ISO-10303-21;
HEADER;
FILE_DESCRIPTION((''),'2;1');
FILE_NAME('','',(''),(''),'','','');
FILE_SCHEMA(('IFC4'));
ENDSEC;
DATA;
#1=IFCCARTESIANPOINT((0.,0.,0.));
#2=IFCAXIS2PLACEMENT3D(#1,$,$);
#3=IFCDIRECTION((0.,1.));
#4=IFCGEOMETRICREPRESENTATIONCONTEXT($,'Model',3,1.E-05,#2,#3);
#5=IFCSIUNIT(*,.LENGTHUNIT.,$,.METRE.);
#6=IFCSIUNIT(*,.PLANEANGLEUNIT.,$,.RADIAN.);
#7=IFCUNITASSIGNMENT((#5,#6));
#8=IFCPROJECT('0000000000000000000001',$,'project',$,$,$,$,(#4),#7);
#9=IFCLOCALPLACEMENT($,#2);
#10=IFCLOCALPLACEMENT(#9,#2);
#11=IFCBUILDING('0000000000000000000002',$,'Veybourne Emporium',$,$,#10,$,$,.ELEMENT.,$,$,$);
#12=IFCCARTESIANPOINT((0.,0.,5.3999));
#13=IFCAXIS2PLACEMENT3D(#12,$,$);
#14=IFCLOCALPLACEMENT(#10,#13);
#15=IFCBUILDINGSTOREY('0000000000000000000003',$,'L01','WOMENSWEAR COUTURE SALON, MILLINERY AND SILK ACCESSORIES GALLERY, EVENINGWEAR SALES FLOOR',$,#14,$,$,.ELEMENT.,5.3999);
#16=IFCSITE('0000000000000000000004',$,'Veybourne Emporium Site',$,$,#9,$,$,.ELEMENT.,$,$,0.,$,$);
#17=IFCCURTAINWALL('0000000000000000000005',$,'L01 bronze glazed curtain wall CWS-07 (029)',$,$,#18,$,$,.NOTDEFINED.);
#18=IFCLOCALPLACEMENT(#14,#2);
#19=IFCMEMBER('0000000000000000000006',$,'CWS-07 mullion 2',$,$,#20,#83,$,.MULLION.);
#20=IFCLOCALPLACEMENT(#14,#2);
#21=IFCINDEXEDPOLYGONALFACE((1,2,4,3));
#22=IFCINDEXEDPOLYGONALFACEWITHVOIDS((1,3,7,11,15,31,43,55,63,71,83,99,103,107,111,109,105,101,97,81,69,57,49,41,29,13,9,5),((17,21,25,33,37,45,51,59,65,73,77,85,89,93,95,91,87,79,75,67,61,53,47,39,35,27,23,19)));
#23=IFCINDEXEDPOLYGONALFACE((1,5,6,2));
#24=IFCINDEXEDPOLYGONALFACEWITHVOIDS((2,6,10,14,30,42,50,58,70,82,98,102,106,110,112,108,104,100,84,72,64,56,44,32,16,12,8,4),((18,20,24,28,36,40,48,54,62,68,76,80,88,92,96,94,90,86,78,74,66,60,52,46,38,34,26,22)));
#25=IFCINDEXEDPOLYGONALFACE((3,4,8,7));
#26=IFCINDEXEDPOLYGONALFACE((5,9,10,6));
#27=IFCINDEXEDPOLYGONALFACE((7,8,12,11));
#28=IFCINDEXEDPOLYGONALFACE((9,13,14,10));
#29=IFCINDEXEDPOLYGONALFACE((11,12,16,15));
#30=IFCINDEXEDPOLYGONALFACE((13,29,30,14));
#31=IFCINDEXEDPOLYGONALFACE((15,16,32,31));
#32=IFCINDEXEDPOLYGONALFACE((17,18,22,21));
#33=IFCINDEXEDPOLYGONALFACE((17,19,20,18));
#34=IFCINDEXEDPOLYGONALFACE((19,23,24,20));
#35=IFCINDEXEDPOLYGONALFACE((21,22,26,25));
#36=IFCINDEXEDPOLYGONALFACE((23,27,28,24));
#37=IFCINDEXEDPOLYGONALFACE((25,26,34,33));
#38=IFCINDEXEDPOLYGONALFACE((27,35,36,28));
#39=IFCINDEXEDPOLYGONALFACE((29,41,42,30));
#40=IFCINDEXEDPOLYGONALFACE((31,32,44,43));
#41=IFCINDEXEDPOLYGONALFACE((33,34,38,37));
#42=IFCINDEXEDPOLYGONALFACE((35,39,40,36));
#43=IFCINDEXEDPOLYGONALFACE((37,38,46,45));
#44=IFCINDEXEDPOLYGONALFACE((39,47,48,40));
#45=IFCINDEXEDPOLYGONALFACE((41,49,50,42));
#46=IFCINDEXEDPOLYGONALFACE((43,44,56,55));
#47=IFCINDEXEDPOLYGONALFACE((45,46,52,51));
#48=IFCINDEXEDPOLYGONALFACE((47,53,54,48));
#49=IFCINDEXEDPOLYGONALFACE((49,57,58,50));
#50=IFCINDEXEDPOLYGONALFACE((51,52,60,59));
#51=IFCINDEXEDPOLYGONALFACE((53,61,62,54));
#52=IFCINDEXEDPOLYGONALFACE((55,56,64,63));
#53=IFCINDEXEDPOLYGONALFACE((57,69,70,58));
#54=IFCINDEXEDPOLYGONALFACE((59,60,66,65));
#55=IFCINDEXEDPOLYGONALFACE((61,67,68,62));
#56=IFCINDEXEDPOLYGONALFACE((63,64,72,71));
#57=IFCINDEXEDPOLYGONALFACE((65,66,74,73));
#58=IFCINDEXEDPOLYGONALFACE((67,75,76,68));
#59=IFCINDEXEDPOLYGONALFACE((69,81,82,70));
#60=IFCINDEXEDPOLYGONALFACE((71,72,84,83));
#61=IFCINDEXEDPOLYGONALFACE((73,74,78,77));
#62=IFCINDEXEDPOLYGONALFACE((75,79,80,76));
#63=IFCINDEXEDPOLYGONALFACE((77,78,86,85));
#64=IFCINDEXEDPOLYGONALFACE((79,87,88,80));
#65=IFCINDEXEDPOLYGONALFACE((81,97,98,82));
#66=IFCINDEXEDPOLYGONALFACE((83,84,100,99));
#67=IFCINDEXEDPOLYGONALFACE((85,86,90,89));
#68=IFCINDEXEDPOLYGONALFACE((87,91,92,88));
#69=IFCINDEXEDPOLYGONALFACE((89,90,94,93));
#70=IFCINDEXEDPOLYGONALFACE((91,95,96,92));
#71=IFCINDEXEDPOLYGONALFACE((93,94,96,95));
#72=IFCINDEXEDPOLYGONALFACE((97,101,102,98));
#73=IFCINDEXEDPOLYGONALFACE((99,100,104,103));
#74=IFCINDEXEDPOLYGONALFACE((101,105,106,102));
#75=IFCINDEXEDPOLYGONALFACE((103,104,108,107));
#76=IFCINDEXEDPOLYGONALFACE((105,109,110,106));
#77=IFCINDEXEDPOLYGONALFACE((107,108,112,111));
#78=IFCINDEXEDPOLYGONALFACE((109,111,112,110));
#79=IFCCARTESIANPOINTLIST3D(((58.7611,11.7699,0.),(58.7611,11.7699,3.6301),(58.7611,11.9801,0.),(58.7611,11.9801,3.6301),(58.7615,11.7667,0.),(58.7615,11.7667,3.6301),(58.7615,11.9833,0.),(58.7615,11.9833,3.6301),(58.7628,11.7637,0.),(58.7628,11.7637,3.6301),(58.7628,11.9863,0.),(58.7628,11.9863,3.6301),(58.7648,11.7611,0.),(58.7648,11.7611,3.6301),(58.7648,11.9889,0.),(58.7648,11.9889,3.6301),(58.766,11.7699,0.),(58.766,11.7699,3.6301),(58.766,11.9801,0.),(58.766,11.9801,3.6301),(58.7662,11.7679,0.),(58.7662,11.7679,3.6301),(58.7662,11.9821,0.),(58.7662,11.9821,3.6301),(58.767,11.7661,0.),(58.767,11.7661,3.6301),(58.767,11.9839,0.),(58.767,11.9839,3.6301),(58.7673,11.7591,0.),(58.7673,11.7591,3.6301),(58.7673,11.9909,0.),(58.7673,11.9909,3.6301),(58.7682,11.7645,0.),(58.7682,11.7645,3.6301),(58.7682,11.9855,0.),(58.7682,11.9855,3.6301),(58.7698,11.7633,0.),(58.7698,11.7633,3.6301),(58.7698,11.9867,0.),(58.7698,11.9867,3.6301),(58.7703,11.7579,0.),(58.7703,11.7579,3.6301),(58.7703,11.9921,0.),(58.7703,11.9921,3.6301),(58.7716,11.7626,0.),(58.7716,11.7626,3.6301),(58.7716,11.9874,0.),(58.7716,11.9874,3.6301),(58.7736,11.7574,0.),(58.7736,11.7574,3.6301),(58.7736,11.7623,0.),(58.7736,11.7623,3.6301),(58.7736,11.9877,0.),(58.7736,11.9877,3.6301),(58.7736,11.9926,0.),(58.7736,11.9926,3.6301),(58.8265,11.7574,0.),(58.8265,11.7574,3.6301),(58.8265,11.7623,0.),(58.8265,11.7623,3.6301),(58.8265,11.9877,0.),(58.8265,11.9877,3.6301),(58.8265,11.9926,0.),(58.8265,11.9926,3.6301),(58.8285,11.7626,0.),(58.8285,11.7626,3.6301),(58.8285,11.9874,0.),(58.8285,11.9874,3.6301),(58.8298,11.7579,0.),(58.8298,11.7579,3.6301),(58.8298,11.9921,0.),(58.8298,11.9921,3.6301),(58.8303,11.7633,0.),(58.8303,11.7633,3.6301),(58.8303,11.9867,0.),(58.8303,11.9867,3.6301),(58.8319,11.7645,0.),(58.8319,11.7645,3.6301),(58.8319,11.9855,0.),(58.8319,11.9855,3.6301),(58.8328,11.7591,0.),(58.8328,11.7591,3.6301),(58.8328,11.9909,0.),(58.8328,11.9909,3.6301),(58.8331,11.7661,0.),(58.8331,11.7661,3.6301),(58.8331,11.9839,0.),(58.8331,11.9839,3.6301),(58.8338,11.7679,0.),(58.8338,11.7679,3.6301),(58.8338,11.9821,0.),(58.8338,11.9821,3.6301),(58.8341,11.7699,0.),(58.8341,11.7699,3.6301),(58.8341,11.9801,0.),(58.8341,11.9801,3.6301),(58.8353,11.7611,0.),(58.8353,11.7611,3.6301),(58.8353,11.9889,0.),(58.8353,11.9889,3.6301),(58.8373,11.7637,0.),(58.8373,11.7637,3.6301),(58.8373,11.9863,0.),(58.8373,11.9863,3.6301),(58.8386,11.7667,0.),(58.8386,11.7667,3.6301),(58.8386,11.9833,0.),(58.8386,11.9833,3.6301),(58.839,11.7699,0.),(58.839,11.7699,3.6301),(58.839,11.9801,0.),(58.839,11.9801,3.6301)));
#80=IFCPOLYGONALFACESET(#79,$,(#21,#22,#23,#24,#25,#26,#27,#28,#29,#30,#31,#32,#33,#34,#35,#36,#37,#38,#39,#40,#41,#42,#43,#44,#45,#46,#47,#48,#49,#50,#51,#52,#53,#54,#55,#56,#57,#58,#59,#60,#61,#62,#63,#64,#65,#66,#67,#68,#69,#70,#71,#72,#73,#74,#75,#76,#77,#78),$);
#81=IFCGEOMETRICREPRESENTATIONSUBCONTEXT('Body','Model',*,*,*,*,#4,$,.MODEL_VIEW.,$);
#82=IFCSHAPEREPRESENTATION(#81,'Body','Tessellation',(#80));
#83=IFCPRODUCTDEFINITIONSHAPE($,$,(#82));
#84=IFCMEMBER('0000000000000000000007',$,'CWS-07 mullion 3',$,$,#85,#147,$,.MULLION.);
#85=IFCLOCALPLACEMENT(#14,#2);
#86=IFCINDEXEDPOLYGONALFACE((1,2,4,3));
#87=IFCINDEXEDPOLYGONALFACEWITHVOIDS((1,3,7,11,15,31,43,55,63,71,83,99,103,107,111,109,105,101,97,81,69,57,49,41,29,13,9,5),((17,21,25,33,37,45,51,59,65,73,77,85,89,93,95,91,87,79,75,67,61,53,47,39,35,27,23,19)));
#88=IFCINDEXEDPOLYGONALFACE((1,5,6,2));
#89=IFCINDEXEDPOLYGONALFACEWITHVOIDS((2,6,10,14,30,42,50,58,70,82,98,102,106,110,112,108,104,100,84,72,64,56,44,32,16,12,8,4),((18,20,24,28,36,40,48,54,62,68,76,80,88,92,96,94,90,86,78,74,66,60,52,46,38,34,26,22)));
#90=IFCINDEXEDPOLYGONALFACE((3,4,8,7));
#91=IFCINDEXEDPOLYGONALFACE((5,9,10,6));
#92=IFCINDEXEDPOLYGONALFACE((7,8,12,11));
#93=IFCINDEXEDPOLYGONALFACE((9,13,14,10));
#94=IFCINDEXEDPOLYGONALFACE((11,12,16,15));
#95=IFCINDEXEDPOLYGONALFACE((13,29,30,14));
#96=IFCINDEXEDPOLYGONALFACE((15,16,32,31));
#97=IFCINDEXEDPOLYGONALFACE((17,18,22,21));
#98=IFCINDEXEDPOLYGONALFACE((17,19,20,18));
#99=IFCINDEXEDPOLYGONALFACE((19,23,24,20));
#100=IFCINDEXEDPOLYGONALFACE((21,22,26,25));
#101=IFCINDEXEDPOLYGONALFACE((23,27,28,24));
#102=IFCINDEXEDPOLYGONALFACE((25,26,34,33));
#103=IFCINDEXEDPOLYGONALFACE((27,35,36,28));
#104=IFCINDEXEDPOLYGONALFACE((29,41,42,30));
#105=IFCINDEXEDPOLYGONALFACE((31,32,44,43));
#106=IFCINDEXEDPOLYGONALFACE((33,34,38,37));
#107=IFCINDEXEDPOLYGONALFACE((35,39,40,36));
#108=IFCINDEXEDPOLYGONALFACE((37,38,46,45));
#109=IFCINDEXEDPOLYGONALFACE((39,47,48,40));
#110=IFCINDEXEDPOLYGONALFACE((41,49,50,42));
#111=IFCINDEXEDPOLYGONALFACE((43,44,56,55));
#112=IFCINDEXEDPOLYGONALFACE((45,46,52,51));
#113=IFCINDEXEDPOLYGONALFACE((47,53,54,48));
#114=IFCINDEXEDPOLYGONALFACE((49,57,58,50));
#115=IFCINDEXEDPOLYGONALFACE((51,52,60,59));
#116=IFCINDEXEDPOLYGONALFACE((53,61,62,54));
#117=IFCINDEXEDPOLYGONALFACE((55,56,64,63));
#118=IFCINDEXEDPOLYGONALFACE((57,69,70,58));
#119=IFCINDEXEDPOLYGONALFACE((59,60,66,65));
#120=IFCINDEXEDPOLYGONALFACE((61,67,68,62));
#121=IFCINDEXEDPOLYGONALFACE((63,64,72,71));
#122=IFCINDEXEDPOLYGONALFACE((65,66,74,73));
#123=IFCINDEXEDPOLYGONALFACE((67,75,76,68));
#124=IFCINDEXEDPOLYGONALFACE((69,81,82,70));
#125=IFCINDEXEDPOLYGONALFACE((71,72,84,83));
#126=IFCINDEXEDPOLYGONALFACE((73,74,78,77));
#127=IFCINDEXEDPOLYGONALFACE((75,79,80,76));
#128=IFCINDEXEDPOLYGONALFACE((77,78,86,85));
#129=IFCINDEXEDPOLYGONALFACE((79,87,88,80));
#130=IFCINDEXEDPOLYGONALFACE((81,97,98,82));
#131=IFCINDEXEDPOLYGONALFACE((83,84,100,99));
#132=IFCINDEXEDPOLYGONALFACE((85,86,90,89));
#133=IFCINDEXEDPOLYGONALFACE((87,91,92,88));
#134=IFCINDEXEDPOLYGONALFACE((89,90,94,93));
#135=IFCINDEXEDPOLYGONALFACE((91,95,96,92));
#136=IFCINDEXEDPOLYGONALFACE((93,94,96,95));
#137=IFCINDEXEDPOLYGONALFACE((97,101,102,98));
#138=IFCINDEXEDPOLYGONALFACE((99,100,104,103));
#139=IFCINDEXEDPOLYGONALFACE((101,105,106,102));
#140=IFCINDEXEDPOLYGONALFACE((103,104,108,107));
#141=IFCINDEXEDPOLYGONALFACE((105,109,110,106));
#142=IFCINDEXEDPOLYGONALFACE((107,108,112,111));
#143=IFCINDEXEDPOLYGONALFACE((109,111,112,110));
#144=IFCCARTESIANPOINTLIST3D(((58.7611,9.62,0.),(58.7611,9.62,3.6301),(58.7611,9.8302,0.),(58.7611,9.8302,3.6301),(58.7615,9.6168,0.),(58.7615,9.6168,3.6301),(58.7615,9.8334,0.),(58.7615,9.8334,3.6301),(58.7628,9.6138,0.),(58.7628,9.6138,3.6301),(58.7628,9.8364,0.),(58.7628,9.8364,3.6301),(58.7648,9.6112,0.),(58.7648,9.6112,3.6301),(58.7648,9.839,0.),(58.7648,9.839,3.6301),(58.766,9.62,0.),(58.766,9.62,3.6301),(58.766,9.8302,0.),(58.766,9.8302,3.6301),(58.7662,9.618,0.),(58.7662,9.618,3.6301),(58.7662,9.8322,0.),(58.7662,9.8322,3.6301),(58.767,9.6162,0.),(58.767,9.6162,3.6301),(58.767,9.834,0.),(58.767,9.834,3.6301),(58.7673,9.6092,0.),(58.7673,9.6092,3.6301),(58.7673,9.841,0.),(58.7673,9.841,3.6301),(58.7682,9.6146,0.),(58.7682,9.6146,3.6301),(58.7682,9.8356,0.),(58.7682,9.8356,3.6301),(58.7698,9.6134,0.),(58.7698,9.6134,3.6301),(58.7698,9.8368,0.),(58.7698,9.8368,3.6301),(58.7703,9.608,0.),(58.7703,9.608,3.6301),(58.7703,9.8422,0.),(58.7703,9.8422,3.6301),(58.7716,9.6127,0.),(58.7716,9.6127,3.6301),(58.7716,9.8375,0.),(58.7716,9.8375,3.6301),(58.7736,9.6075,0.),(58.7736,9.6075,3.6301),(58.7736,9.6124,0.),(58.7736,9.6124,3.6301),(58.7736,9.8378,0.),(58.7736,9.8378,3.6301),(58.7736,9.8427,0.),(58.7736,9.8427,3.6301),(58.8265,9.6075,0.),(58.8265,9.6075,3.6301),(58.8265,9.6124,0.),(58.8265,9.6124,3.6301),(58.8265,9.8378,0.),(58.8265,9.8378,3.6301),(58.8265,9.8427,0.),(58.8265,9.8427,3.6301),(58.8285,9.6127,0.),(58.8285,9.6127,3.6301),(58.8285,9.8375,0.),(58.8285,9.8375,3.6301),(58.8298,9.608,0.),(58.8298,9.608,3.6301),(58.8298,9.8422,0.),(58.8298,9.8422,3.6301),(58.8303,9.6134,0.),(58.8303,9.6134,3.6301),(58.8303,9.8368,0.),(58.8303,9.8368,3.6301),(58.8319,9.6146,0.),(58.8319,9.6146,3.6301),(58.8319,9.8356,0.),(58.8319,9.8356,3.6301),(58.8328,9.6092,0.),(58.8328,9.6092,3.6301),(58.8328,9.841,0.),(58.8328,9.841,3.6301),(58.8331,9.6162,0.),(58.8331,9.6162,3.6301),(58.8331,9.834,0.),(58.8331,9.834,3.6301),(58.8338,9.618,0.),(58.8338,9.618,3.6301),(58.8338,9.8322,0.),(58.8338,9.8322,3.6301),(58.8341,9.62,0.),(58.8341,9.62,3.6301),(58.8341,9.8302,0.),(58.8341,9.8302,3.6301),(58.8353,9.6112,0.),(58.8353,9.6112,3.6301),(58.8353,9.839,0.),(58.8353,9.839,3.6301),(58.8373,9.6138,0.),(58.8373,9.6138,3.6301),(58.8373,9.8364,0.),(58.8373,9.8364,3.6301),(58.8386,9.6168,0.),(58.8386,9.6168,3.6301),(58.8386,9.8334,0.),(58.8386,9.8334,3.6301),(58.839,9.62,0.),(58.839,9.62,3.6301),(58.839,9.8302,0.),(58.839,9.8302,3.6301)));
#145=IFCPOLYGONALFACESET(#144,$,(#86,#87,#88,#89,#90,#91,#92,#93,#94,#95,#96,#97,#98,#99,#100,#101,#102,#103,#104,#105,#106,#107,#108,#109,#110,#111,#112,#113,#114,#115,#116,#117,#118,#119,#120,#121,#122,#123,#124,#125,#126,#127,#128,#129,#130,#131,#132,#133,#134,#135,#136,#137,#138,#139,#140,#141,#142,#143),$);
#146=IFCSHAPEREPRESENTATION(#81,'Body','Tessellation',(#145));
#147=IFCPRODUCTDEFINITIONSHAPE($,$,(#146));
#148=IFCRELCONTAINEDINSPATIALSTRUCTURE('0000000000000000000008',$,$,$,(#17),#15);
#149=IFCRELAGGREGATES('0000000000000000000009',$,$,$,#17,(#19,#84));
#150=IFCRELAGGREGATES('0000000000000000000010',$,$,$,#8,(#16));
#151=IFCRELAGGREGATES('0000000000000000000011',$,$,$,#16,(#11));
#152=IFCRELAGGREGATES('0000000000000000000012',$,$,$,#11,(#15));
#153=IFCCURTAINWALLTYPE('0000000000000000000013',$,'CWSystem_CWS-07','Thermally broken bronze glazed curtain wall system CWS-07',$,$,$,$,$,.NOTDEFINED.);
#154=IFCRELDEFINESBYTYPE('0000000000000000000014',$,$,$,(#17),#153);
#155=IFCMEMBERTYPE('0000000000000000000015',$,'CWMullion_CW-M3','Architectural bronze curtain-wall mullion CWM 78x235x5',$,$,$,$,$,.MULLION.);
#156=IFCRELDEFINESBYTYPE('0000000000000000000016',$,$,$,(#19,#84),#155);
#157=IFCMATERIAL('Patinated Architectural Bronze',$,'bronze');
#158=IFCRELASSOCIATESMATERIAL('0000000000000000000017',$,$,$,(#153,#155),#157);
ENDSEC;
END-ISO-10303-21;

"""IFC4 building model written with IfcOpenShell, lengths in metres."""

from ifc_helpers import new_model, si_unit, direction, frame, origin, origin_2d, place, context, subcontext, project, spatial, hollow_rectangle, extrude, material, material_profile, profile_set, type_object, element, aggregate, save


model = new_model("IFC4")

# Units and contexts
model_context = context("Model", 3, precision=1e-05, world=origin(), true_north=direction((0.0, 1.0)))
body_context = subcontext(model_context, "Body", "Model", "MODEL_VIEW")
ifc_project = project(units=[si_unit("LENGTHUNIT", "METRE"), si_unit("PLANEANGLEUNIT", "RADIAN")], contexts=[model_context])

# Site, building, storey
site_placement = place(None, origin())
site = spatial("IfcSite", under=ifc_project, at=site_placement, Name="Veybourne Emporium Site", CompositionType="ELEMENT", RefElevation=0.0)
building_placement = place(site_placement, origin())
building = spatial("IfcBuilding", under=site, at=building_placement, Name="Veybourne Emporium", CompositionType="ELEMENT")
storey_placement = place(building_placement, frame((0.0, 0.0, 5.3999)))
storey = spatial("IfcBuildingStorey", under=building, at=storey_placement, Name="L01", Description="WOMENSWEAR COUTURE SALON, MILLINERY AND SILK ACCESSORIES GALLERY, EVENINGWEAR SALES FLOOR", CompositionType="ELEMENT", Elevation=5.3999)

# Curtain wall, members
ifc_material_1 = material(Name="Patinated Architectural Bronze", Category="bronze")
curtain_wall_type = type_object("IfcCurtainWallType", Name="CWSystem_CWS-07", Description="Thermally broken bronze glazed curtain wall system CWS-07", PredefinedType="NOTDEFINED", material=ifc_material_1)
curtain_wall_placement = place(storey_placement, origin())
curtain_wall = element("IfcCurtainWall", 1, at=curtain_wall_placement, inside=storey, type_object=curtain_wall_type, Name="L01 bronze glazed curtain wall CWS-07 (029)", PredefinedType="NOTDEFINED")
ifc_material_profile_1 = material_profile(ifc_material_1, hollow_rectangle(XDim=0.0779, YDim=0.2351, WallThickness=0.0049, InnerFilletRadius=0.0076, OuterFilletRadius=0.0125, at=origin_2d()), Name="CWM 78x235x5")
ifc_profile_set_1 = profile_set([ifc_material_profile_1], Name="Patinated Architectural Bronze")
member_type_1 = type_object("IfcMemberType", Name="CWMullion_CW-M3", Description="Architectural bronze curtain-wall mullion CWM 78x235x5", PredefinedType="MULLION", material=ifc_profile_set_1)
member_1_placement = place(storey_placement, frame((58.8, 11.875, 0.0), z_axis=(0.0, 0.0, 1.0), x_axis=(1.0, 0.0, 0.0)))
member_1 = element("IfcMember", 2, at=member_1_placement, type_object=member_type_1, Name="CWS-07 mullion 2", PredefinedType="MULLION", context=body_context, shape_type="SweptSolid", body=[
    extrude(hollow_rectangle(XDim=0.0779, YDim=0.2351, WallThickness=0.0049, InnerFilletRadius=0.0076, OuterFilletRadius=0.0125, at=origin_2d()), origin(), (0.0, 0.0, 1.0), 3.6301),
])
member_2_placement = place(storey_placement, frame((58.8, 9.7251, 0.0), z_axis=(0.0, 0.0, 1.0), x_axis=(1.0, 0.0, 0.0)))
member_2 = element("IfcMember", 3, at=member_2_placement, type_object=member_type_1, Name="CWS-07 mullion 3", PredefinedType="MULLION", context=body_context, shape_type="SweptSolid", body=[
    extrude(hollow_rectangle(XDim=0.0779, YDim=0.2351, WallThickness=0.0049, InnerFilletRadius=0.0076, OuterFilletRadius=0.0125, at=origin_2d()), origin(), (0.0, 0.0, 1.0), 3.6301),
])

aggregate(curtain_wall, [member_1, member_2])

save(model, "model.ifc")
